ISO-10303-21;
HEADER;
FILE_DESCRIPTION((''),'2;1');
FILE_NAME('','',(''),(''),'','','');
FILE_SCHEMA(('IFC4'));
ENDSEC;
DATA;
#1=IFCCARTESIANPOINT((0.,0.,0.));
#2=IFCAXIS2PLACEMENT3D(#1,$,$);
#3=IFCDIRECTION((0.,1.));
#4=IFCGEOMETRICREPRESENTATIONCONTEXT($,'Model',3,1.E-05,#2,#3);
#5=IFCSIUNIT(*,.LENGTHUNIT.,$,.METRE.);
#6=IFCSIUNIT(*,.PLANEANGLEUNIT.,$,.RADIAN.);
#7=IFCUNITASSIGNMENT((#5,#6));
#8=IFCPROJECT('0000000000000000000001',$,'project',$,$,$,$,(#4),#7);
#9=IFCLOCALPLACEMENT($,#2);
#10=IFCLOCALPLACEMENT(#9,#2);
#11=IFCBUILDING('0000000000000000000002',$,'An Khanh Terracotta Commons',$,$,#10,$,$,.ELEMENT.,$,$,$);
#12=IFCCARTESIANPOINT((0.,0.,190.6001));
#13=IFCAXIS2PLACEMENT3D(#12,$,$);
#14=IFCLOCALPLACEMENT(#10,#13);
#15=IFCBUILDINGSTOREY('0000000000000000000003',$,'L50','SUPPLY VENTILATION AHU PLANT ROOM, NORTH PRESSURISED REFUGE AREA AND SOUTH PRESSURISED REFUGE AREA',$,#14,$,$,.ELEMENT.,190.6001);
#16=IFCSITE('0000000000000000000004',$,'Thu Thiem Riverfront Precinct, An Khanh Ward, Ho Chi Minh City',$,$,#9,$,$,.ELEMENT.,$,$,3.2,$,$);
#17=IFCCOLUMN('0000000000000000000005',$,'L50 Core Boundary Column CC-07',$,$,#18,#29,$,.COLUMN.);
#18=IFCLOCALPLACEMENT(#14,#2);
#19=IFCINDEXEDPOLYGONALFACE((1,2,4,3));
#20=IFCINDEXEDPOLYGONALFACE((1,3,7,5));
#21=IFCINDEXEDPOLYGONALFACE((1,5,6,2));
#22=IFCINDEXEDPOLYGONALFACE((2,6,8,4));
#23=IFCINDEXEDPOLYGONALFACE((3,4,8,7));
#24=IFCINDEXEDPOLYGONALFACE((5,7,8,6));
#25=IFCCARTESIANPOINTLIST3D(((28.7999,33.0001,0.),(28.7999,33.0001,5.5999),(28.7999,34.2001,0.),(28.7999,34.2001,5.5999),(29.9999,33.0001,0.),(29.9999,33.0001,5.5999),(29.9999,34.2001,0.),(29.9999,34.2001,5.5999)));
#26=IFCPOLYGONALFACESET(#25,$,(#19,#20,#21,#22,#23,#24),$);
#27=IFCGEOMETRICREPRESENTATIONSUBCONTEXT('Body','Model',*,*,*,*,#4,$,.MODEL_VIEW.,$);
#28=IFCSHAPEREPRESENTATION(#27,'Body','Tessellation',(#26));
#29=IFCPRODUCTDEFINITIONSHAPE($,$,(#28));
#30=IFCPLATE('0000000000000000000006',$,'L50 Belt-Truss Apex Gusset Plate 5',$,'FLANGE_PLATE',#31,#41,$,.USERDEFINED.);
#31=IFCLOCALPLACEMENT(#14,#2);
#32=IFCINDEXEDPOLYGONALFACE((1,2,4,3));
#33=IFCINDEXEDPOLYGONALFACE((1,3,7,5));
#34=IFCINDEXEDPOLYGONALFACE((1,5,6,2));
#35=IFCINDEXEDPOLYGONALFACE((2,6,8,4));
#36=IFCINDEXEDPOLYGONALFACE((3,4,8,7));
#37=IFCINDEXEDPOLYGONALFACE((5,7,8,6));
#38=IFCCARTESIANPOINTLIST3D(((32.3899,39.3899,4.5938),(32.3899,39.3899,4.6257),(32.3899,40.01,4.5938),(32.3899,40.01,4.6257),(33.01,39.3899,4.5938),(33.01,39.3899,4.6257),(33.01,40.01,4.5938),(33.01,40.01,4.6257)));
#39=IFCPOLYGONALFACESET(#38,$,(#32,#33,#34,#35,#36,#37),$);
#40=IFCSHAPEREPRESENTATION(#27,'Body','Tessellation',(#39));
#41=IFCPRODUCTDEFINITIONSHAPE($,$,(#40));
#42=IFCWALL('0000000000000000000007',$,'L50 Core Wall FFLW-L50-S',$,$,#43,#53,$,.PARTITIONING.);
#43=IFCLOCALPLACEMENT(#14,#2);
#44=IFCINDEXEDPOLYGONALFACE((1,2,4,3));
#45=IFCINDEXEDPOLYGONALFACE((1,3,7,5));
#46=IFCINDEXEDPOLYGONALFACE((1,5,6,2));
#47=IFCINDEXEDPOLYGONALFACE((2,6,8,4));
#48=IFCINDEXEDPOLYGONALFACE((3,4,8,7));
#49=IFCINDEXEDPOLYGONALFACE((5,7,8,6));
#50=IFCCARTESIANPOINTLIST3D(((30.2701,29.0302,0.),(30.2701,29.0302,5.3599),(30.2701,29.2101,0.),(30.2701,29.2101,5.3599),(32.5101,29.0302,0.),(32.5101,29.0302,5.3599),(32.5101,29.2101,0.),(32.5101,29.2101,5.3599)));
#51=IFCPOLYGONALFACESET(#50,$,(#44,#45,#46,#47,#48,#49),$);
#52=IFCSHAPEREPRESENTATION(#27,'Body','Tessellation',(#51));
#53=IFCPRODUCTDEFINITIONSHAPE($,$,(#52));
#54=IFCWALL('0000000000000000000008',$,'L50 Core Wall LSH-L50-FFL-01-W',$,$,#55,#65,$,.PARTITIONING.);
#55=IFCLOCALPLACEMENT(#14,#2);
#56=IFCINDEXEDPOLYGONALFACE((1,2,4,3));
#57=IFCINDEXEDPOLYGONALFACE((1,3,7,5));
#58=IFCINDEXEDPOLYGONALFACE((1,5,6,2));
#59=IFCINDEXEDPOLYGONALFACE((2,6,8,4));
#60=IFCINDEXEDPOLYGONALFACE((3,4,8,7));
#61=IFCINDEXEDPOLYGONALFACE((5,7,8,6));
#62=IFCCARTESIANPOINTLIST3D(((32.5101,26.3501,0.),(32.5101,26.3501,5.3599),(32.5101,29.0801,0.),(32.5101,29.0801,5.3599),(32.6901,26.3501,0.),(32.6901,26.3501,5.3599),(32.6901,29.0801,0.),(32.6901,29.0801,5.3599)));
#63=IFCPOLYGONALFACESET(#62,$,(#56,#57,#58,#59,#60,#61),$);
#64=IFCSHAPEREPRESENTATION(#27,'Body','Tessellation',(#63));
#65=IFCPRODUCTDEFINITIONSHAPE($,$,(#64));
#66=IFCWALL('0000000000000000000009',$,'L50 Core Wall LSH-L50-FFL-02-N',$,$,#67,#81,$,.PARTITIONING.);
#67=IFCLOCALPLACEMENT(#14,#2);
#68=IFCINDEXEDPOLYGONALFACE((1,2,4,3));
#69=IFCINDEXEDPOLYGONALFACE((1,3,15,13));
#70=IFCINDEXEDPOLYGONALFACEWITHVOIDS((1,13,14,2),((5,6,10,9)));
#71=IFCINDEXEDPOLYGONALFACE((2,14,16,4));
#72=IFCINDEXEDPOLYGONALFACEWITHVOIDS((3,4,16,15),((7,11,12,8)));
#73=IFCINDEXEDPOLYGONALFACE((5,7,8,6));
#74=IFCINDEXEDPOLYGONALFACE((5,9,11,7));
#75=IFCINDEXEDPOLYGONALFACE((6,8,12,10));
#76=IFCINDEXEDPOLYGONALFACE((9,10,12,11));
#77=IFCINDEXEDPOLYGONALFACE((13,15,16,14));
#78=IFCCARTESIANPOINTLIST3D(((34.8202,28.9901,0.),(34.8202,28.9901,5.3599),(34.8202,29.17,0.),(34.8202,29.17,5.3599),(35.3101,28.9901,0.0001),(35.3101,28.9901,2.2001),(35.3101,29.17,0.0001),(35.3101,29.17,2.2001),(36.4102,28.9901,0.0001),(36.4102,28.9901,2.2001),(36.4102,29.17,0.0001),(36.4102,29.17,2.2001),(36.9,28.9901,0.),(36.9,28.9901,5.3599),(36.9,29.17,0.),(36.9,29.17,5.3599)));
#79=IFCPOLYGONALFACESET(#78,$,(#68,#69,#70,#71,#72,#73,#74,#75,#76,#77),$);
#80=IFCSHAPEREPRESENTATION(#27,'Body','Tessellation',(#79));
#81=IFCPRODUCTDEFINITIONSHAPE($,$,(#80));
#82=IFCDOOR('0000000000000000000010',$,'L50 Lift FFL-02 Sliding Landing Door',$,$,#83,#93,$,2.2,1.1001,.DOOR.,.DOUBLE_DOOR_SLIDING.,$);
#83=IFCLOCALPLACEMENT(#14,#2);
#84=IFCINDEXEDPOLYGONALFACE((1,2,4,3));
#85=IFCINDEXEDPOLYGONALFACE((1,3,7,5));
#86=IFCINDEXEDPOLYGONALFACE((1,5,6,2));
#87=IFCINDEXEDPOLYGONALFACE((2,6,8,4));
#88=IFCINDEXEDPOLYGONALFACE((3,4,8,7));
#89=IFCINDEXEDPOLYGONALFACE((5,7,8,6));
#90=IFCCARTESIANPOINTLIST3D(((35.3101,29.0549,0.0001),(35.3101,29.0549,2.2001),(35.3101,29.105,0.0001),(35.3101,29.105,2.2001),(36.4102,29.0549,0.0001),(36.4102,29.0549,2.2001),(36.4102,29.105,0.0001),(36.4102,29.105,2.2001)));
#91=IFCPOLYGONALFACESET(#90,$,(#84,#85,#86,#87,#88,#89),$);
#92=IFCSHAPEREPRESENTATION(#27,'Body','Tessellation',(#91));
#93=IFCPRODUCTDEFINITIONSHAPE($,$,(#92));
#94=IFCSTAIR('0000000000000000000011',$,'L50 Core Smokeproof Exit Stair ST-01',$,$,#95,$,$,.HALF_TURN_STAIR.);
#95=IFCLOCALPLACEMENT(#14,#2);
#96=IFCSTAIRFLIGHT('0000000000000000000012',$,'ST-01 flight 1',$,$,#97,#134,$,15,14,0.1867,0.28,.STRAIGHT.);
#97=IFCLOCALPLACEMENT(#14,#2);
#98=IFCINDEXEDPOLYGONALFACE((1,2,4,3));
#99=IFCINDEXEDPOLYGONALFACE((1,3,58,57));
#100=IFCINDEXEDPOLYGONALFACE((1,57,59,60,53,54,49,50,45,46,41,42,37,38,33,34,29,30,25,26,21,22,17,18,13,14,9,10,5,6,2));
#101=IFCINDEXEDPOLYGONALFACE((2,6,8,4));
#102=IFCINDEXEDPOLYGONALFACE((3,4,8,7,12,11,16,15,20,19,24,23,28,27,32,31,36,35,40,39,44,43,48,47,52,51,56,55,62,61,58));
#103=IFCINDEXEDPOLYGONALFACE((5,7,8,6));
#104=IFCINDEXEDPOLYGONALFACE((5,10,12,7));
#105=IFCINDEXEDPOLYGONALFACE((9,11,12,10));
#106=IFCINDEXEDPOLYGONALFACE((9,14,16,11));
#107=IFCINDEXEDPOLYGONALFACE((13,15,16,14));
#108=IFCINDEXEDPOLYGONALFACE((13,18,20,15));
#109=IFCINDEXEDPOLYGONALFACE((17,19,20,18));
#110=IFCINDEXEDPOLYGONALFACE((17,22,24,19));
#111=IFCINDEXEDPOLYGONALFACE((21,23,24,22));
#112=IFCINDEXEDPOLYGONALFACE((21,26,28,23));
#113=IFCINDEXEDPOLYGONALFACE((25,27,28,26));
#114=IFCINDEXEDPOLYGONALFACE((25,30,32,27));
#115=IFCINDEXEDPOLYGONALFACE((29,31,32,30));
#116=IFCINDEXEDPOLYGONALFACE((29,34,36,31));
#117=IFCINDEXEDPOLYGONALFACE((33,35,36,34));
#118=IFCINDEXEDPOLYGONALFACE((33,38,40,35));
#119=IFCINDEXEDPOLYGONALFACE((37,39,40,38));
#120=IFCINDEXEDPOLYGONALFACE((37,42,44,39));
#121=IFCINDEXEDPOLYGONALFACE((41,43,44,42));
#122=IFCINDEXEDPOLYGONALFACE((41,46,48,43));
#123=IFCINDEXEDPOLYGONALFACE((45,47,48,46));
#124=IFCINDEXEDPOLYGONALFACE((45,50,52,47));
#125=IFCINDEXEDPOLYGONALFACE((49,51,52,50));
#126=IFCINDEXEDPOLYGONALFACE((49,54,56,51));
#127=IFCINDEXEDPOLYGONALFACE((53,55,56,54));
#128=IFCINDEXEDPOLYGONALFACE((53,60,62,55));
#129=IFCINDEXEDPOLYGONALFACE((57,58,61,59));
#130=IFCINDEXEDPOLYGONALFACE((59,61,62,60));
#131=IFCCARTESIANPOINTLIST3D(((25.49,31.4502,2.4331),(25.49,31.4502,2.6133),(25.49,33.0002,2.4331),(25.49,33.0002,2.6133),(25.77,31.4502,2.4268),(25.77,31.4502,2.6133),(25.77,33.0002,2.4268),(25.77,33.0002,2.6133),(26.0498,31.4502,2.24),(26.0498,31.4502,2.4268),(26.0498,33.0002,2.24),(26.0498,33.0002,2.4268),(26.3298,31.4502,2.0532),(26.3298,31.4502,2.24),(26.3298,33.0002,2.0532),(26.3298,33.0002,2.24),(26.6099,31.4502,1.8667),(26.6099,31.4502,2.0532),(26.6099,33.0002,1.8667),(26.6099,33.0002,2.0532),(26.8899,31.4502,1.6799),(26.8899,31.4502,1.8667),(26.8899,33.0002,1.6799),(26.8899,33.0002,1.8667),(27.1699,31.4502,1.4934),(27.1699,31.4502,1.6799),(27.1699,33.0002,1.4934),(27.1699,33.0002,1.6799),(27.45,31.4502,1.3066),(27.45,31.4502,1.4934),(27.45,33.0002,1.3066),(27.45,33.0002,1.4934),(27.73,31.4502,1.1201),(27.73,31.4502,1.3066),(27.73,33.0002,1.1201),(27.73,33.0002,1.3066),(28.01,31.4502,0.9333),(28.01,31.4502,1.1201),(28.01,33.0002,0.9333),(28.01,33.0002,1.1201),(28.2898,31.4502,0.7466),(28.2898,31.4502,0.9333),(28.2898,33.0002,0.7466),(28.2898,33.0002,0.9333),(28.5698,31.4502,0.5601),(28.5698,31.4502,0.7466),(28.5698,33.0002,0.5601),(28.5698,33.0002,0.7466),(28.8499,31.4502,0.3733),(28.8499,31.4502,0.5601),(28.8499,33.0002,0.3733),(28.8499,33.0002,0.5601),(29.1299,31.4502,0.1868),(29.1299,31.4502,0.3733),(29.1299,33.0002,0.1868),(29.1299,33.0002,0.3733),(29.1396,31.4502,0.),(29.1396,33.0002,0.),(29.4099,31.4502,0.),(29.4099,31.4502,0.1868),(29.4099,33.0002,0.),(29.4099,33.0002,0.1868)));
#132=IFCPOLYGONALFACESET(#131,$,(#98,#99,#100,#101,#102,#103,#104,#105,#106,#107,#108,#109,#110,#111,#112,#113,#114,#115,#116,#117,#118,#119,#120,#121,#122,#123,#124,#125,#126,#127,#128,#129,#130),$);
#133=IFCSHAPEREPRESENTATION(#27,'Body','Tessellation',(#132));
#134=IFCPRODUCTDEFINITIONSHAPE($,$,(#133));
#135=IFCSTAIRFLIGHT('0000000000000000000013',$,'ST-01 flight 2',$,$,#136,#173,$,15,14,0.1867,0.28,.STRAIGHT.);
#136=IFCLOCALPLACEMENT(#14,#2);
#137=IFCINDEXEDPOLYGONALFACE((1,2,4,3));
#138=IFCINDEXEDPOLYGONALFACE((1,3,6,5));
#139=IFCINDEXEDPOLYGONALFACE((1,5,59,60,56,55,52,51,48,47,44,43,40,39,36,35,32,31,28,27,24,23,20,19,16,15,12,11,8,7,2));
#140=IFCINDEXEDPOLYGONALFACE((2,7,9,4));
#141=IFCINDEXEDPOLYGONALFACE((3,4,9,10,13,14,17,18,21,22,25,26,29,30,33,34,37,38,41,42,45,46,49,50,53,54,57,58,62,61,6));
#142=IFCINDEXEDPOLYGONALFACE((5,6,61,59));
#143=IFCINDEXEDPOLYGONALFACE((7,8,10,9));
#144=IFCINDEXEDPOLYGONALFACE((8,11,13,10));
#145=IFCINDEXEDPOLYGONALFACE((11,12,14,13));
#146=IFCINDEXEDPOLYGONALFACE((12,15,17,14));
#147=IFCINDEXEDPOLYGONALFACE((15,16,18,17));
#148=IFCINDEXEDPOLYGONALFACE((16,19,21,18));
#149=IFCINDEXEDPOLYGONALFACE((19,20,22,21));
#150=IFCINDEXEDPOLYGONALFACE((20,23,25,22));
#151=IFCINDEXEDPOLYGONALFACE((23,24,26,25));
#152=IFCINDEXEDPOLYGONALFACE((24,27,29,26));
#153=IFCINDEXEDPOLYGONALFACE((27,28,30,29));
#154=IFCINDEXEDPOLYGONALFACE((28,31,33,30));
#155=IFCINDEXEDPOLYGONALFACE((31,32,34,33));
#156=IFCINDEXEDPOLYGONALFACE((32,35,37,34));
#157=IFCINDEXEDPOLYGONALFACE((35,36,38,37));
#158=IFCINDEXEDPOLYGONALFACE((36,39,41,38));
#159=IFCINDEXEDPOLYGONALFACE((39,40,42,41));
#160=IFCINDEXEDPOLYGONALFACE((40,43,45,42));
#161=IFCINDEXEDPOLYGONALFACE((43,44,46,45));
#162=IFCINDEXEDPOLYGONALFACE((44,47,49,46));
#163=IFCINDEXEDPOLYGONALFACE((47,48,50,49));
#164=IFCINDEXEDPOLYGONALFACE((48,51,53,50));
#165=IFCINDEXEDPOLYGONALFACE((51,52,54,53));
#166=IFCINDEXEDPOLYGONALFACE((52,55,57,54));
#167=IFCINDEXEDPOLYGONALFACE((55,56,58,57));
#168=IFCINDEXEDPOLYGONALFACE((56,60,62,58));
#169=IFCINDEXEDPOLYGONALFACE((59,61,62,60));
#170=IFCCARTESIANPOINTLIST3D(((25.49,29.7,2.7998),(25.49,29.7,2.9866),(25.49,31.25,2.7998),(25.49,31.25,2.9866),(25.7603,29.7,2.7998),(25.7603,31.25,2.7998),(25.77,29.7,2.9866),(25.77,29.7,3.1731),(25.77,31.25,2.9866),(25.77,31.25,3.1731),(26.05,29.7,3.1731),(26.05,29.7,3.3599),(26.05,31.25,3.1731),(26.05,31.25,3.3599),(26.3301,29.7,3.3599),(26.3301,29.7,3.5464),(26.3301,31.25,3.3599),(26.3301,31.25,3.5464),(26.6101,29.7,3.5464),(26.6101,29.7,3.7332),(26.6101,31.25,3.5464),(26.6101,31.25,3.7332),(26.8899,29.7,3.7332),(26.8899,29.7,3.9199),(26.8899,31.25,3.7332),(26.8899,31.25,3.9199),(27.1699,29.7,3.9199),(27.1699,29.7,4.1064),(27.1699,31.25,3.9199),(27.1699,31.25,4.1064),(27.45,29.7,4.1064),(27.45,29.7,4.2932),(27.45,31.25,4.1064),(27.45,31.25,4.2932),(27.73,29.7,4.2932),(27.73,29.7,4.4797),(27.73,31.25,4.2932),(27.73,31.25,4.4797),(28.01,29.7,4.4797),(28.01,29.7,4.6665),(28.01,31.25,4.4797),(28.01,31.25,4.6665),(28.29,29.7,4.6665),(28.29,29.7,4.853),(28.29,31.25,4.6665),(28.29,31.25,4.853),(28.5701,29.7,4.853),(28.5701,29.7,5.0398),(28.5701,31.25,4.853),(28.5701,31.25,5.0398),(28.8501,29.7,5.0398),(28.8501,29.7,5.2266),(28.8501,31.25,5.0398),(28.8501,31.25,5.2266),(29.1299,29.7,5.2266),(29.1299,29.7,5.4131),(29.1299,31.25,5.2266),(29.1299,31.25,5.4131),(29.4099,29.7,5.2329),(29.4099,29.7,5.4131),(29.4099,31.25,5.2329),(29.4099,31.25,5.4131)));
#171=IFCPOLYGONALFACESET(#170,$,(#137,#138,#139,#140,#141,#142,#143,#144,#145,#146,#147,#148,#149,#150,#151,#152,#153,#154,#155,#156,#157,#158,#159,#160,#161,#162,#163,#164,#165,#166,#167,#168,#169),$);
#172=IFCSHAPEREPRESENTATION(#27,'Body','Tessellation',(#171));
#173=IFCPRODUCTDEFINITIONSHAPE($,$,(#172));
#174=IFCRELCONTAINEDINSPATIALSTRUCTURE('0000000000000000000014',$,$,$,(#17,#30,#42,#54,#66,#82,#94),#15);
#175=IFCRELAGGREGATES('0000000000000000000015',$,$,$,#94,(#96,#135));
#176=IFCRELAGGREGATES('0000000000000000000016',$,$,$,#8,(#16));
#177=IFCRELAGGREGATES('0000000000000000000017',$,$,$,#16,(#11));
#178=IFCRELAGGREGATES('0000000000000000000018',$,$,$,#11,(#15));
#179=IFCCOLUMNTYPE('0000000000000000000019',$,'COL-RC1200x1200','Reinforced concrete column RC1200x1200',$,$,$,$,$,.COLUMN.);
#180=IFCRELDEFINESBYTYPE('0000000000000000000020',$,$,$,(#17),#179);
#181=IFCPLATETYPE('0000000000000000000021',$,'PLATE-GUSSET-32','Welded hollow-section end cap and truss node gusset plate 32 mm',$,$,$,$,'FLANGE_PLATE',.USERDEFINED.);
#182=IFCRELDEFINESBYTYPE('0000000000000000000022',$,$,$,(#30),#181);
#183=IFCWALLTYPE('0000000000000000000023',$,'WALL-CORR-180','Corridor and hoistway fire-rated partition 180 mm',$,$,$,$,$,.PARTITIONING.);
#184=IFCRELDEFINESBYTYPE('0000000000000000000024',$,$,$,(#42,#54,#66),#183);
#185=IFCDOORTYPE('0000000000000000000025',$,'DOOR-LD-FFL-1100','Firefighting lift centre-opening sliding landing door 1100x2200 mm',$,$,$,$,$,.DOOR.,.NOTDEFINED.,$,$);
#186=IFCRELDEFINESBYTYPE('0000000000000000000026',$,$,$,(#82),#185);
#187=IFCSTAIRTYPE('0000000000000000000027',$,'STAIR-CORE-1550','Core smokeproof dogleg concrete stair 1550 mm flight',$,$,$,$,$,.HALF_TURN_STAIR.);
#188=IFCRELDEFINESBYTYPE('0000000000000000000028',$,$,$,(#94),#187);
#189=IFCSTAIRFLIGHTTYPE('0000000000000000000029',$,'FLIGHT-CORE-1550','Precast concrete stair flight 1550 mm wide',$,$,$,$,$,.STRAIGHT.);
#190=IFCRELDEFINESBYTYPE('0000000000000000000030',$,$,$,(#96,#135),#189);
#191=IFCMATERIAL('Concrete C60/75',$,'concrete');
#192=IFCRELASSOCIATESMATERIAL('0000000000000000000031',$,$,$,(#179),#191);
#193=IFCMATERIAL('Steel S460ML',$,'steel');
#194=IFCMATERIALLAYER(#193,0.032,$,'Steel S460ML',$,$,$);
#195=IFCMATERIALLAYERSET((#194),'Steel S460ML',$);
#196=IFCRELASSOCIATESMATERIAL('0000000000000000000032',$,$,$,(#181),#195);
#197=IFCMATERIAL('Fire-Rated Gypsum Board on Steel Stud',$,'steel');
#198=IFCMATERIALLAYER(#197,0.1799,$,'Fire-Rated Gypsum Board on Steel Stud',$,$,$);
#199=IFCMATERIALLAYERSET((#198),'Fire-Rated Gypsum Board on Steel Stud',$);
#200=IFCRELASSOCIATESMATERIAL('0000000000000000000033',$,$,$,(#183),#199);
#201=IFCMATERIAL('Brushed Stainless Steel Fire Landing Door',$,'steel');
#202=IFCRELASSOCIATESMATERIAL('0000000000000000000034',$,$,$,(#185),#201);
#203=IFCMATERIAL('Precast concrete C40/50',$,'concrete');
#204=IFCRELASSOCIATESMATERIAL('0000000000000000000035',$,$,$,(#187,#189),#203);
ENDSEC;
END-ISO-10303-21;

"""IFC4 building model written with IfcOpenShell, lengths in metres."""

from ifc_helpers import new_model, si_unit, direction, frame, frame_2d, origin, origin_2d, place, context, subcontext, project, spatial, polyline, rectangle, outline, extrude, material, layer, layer_set, material_profile, profile_set, type_object, element, fill, aggregate, save


model = new_model("IFC4")

# Units and contexts
model_context = context("Model", 3, precision=1e-05, world=origin(), true_north=direction((0.0, 1.0)))
body_context = subcontext(model_context, "Body", "Model", "MODEL_VIEW")
ifc_project = project(units=[si_unit("LENGTHUNIT", "METRE"), si_unit("PLANEANGLEUNIT", "RADIAN")], contexts=[model_context])

# Site, building, storey
site_placement = place(None, origin())
site = spatial("IfcSite", under=ifc_project, at=site_placement, Name="Thu Thiem Riverfront Precinct, An Khanh Ward, Ho Chi Minh City", CompositionType="ELEMENT", RefElevation=3.2)
building_placement = place(site_placement, origin())
building = spatial("IfcBuilding", under=site, at=building_placement, Name="An Khanh Terracotta Commons", CompositionType="ELEMENT")
storey_placement = place(building_placement, frame((0.0, 0.0, 190.6001)))
storey = spatial("IfcBuildingStorey", under=building, at=storey_placement, Name="L50", Description="SUPPLY VENTILATION AHU PLANT ROOM, NORTH PRESSURISED REFUGE AREA AND SOUTH PRESSURISED REFUGE AREA", CompositionType="ELEMENT", Elevation=190.6001)

# Column
ifc_material_1 = material(Name="Concrete C60/75", Category="concrete")
ifc_material_profile = material_profile(ifc_material_1, rectangle(XDim=1.2, YDim=1.2, at=origin_2d()), Name="RC1200x1200")
ifc_profile_set = profile_set([ifc_material_profile], Name="Concrete C60/75")
column_type = type_object("IfcColumnType", Name="COL-RC1200x1200", Description="Reinforced concrete column RC1200x1200", PredefinedType="COLUMN", material=ifc_profile_set)
column_placement = place(storey_placement, frame((29.3999, 33.6001, 0.0), z_axis=(0.0, 0.0, 1.0), x_axis=(1.0, 0.0, 0.0)))
element("IfcColumn", 1, at=column_placement, inside=storey, type_object=column_type, Name="L50 Core Boundary Column CC-07", PredefinedType="COLUMN", context=body_context, shape_type="SweptSolid", body=[
    extrude(rectangle(XDim=1.2, YDim=1.2, at=origin_2d()), origin(), (0.0, 0.0, 1.0), 5.5999),
])

# Plate
ifc_material_2 = material(Name="Steel S460ML", Category="steel")
ifc_layer_1 = layer(ifc_material_2, 0.032, Name="Steel S460ML")
ifc_layer_set_1 = layer_set([ifc_layer_1], Name="Steel S460ML")
plate_type = type_object("IfcPlateType", Name="PLATE-GUSSET-32", Description="Welded hollow-section end cap and truss node gusset plate 32 mm", ElementType="FLANGE_PLATE", PredefinedType="USERDEFINED", material=ifc_layer_set_1)
plate_placement = place(storey_placement, frame((32.7, 39.7, 4.5938), z_axis=(0.0, 0.0, 1.0), x_axis=(1.0, 0.0, 0.0)))
element("IfcPlate", 2, at=plate_placement, inside=storey, type_object=plate_type, Name="L50 Belt-Truss Apex Gusset Plate 5", ObjectType="FLANGE_PLATE", PredefinedType="USERDEFINED", context=body_context, shape_type="SweptSolid", body=[
    extrude(rectangle(XDim=0.6201, YDim=0.6201, at=origin_2d()), origin(), (0.0, 0.0, 1.0), 0.032),
])

# Walls
ifc_material_3 = material(Name="Fire-Rated Gypsum Board on Steel Stud", Category="steel")
ifc_layer_2 = layer(ifc_material_3, 0.1799, Name="Fire-Rated Gypsum Board on Steel Stud")
ifc_layer_set_2 = layer_set([ifc_layer_2], Name="Fire-Rated Gypsum Board on Steel Stud")
wall_type_1 = type_object("IfcWallType", Name="WALL-CORR-180", Description="Corridor and hoistway fire-rated partition 180 mm", PredefinedType="PARTITIONING", material=ifc_layer_set_2)
wall_1_placement = place(storey_placement, frame((30.27, 29.1201, 0.0), z_axis=(0.0, 0.0, 1.0), x_axis=(1.0, 0.0, 0.0)))
element("IfcWall", 3, at=wall_1_placement, inside=storey, type_object=wall_type_1, Name="L50 Core Wall FFLW-L50-S", PredefinedType="PARTITIONING", context=body_context, shape_type="SweptSolid", body=[
    extrude(rectangle(XDim=2.24, YDim=0.1799, at=frame_2d((1.1201, 0.0))), origin(), (0.0, 0.0, 1.0), 5.3599),
])
wall_2_placement = place(storey_placement, frame((32.6001, 29.0801, 0.0), z_axis=(0.0, 0.0, 1.0), x_axis=(0.0, -1.0, 0.0)))
element("IfcWall", 4, at=wall_2_placement, inside=storey, type_object=wall_type_1, Name="L50 Core Wall LSH-L50-FFL-01-W", PredefinedType="PARTITIONING", context=body_context, shape_type="SweptSolid", body=[
    extrude(rectangle(XDim=2.73, YDim=0.1799, at=frame_2d((1.365, 0.0))), origin(), (0.0, 0.0, 1.0), 5.3599),
])

# Wall, opening, door
wall_3_placement = place(storey_placement, frame((34.8201, 29.0801, 0.0), z_axis=(0.0, 0.0, 1.0), x_axis=(1.0, 0.0, 0.0)))
wall_3 = element("IfcWall", 5, at=wall_3_placement, inside=storey, type_object=wall_type_1, Name="L50 Core Wall LSH-L50-FFL-02-N", PredefinedType="PARTITIONING", context=body_context, shape_type="SweptSolid", body=[
    extrude(rectangle(XDim=2.0798, YDim=0.1799, at=frame_2d((1.04, 0.0))), origin(), (0.0, 0.0, 1.0), 5.3599),
])
opening_1_placement = place(wall_3_placement, frame((0.49, 0.0, 0.0)))
opening_1 = element("IfcOpeningElement", 6, at=opening_1_placement, cuts=wall_3, PredefinedType="OPENING", context=body_context, shape_type="SweptSolid", body=[
    extrude(rectangle(XDim=1.1001, YDim=2.2, at=frame_2d((0.55, 1.1001))), frame((0.0, 0.0999, 0.0), z_axis=(0.0, -1.0, 0.0), x_axis=(1.0, 0.0, 0.0)), (0.0, 0.0, 1.0), 0.2),
])
ifc_material_4 = material(Name="Brushed Stainless Steel Fire Landing Door", Category="steel")
door_type_1 = type_object("IfcDoorType", Name="DOOR-LD-FFL-1100", Description="Firefighting lift centre-opening sliding landing door 1100x2200 mm", OperationType="NOTDEFINED", PredefinedType="DOOR", material=ifc_material_4)
door_1_placement = place(opening_1_placement, origin())
door_1 = element("IfcDoor", 7, at=door_1_placement, inside=storey, type_object=door_type_1, Name="L50 Lift FFL-02 Sliding Landing Door", OperationType="DOUBLE_DOOR_SLIDING", OverallHeight=2.2, OverallWidth=1.1001, PredefinedType="DOOR", context=body_context, shape_type="SweptSolid", body=[
    extrude(rectangle(XDim=1.1001, YDim=2.2, at=frame_2d((0.55, 1.1001))), frame((0.0, 0.0249, 0.0), z_axis=(0.0, -1.0, 0.0), x_axis=(1.0, 0.0, 0.0)), (0.0, 0.0, 1.0), 0.05),
])
fill(opening_1, door_1)

# Stair, stair flights
ifc_material_5 = material(Name="Precast concrete C40/50", Category="concrete")
stair_type = type_object("IfcStairType", Name="STAIR-CORE-1550", Description="Core smokeproof dogleg concrete stair 1550 mm flight", PredefinedType="HALF_TURN_STAIR", material=ifc_material_5)
stair_placement = place(storey_placement, origin())
stair = element("IfcStair", 8, at=stair_placement, inside=storey, type_object=stair_type, Name="L50 Core Smokeproof Exit Stair ST-01", PredefinedType="HALF_TURN_STAIR")
stair_flight_type = type_object("IfcStairFlightType", Name="FLIGHT-CORE-1550", Description="Precast concrete stair flight 1550 mm wide", PredefinedType="STRAIGHT", material=ifc_material_5)
stair_flight_1_placement = place(storey_placement, frame((29.4099, 32.2251, 0.0), z_axis=(0.0, 0.0, 1.0), x_axis=(-1.0, 0.0, 0.0)))
stair_flight_1 = element("IfcStairFlight", 9, at=stair_flight_1_placement, type_object=stair_flight_type, Name="ST-01 flight 1", NumberOfRisers=15, NumberOfTreads=14, PredefinedType="STRAIGHT", RiserHeight=0.1867, TreadLength=0.28, context=body_context, shape_type="SweptSolid", body=[
    extrude(outline(polyline([(0.0, 0.0), (0.0, 0.1868), (0.28, 0.1868), (0.28, 0.3733), (0.5601, 0.3733), (0.5601, 0.5601), (0.8401, 0.5601), (0.8401, 0.7466), (1.1201, 0.7466), (1.1201, 0.9333), (1.3999, 0.9333), (1.3999, 1.1201), (1.6799, 1.1201), (1.6799, 1.3066), (1.96, 1.3066), (1.96, 1.4934), (2.24, 1.4934), (2.24, 1.6799), (2.52, 1.6799), (2.52, 1.8667), (2.8, 1.8667), (2.8, 2.0532), (3.0801, 2.0532), (3.0801, 2.24), (3.3601, 2.24), (3.3601, 2.4268), (3.6399, 2.4268), (3.6399, 2.6133), (3.9199, 2.6133), (3.9199, 2.8), (3.9199, 2.4331), (0.2703, 0.0), (0.0, 0.0)])), frame((0.0, 0.7749, 0.0), z_axis=(0.0, -1.0, 0.0), x_axis=(1.0, 0.0, 0.0)), (0.0, 0.0, 1.0), 1.55),
])
stair_flight_2_placement = place(storey_placement, frame((25.49, 30.4751, 2.7998), z_axis=(0.0, 0.0, 1.0), x_axis=(1.0, 0.0, 0.0)))
stair_flight_2 = element("IfcStairFlight", 10, at=stair_flight_2_placement, type_object=stair_flight_type, Name="ST-01 flight 2", NumberOfRisers=15, NumberOfTreads=14, PredefinedType="STRAIGHT", RiserHeight=0.1867, TreadLength=0.28, context=body_context, shape_type="SweptSolid", body=[
    extrude(outline(polyline([(0.0, 0.0), (0.0, 0.1868), (0.28, 0.1868), (0.28, 0.3733), (0.5601, 0.3733), (0.5601, 0.5601), (0.8401, 0.5601), (0.8401, 0.7466), (1.1201, 0.7466), (1.1201, 0.9333), (1.3999, 0.9333), (1.3999, 1.1201), (1.6799, 1.1201), (1.6799, 1.3066), (1.96, 1.3066), (1.96, 1.4934), (2.24, 1.4934), (2.24, 1.6799), (2.52, 1.6799), (2.52, 1.8667), (2.8, 1.8667), (2.8, 2.0532), (3.0801, 2.0532), (3.0801, 2.24), (3.3601, 2.24), (3.3601, 2.4268), (3.6399, 2.4268), (3.6399, 2.6133), (3.9199, 2.6133), (3.9199, 2.8), (3.9199, 2.4331), (0.2703, 0.0), (0.0, 0.0)])), frame((0.0, 0.7749, 0.0), z_axis=(0.0, -1.0, 0.0), x_axis=(1.0, 0.0, 0.0)), (0.0, 0.0, 1.0), 1.55),
])
aggregate(stair, [stair_flight_1, stair_flight_2])

save(model, "model.ifc")
